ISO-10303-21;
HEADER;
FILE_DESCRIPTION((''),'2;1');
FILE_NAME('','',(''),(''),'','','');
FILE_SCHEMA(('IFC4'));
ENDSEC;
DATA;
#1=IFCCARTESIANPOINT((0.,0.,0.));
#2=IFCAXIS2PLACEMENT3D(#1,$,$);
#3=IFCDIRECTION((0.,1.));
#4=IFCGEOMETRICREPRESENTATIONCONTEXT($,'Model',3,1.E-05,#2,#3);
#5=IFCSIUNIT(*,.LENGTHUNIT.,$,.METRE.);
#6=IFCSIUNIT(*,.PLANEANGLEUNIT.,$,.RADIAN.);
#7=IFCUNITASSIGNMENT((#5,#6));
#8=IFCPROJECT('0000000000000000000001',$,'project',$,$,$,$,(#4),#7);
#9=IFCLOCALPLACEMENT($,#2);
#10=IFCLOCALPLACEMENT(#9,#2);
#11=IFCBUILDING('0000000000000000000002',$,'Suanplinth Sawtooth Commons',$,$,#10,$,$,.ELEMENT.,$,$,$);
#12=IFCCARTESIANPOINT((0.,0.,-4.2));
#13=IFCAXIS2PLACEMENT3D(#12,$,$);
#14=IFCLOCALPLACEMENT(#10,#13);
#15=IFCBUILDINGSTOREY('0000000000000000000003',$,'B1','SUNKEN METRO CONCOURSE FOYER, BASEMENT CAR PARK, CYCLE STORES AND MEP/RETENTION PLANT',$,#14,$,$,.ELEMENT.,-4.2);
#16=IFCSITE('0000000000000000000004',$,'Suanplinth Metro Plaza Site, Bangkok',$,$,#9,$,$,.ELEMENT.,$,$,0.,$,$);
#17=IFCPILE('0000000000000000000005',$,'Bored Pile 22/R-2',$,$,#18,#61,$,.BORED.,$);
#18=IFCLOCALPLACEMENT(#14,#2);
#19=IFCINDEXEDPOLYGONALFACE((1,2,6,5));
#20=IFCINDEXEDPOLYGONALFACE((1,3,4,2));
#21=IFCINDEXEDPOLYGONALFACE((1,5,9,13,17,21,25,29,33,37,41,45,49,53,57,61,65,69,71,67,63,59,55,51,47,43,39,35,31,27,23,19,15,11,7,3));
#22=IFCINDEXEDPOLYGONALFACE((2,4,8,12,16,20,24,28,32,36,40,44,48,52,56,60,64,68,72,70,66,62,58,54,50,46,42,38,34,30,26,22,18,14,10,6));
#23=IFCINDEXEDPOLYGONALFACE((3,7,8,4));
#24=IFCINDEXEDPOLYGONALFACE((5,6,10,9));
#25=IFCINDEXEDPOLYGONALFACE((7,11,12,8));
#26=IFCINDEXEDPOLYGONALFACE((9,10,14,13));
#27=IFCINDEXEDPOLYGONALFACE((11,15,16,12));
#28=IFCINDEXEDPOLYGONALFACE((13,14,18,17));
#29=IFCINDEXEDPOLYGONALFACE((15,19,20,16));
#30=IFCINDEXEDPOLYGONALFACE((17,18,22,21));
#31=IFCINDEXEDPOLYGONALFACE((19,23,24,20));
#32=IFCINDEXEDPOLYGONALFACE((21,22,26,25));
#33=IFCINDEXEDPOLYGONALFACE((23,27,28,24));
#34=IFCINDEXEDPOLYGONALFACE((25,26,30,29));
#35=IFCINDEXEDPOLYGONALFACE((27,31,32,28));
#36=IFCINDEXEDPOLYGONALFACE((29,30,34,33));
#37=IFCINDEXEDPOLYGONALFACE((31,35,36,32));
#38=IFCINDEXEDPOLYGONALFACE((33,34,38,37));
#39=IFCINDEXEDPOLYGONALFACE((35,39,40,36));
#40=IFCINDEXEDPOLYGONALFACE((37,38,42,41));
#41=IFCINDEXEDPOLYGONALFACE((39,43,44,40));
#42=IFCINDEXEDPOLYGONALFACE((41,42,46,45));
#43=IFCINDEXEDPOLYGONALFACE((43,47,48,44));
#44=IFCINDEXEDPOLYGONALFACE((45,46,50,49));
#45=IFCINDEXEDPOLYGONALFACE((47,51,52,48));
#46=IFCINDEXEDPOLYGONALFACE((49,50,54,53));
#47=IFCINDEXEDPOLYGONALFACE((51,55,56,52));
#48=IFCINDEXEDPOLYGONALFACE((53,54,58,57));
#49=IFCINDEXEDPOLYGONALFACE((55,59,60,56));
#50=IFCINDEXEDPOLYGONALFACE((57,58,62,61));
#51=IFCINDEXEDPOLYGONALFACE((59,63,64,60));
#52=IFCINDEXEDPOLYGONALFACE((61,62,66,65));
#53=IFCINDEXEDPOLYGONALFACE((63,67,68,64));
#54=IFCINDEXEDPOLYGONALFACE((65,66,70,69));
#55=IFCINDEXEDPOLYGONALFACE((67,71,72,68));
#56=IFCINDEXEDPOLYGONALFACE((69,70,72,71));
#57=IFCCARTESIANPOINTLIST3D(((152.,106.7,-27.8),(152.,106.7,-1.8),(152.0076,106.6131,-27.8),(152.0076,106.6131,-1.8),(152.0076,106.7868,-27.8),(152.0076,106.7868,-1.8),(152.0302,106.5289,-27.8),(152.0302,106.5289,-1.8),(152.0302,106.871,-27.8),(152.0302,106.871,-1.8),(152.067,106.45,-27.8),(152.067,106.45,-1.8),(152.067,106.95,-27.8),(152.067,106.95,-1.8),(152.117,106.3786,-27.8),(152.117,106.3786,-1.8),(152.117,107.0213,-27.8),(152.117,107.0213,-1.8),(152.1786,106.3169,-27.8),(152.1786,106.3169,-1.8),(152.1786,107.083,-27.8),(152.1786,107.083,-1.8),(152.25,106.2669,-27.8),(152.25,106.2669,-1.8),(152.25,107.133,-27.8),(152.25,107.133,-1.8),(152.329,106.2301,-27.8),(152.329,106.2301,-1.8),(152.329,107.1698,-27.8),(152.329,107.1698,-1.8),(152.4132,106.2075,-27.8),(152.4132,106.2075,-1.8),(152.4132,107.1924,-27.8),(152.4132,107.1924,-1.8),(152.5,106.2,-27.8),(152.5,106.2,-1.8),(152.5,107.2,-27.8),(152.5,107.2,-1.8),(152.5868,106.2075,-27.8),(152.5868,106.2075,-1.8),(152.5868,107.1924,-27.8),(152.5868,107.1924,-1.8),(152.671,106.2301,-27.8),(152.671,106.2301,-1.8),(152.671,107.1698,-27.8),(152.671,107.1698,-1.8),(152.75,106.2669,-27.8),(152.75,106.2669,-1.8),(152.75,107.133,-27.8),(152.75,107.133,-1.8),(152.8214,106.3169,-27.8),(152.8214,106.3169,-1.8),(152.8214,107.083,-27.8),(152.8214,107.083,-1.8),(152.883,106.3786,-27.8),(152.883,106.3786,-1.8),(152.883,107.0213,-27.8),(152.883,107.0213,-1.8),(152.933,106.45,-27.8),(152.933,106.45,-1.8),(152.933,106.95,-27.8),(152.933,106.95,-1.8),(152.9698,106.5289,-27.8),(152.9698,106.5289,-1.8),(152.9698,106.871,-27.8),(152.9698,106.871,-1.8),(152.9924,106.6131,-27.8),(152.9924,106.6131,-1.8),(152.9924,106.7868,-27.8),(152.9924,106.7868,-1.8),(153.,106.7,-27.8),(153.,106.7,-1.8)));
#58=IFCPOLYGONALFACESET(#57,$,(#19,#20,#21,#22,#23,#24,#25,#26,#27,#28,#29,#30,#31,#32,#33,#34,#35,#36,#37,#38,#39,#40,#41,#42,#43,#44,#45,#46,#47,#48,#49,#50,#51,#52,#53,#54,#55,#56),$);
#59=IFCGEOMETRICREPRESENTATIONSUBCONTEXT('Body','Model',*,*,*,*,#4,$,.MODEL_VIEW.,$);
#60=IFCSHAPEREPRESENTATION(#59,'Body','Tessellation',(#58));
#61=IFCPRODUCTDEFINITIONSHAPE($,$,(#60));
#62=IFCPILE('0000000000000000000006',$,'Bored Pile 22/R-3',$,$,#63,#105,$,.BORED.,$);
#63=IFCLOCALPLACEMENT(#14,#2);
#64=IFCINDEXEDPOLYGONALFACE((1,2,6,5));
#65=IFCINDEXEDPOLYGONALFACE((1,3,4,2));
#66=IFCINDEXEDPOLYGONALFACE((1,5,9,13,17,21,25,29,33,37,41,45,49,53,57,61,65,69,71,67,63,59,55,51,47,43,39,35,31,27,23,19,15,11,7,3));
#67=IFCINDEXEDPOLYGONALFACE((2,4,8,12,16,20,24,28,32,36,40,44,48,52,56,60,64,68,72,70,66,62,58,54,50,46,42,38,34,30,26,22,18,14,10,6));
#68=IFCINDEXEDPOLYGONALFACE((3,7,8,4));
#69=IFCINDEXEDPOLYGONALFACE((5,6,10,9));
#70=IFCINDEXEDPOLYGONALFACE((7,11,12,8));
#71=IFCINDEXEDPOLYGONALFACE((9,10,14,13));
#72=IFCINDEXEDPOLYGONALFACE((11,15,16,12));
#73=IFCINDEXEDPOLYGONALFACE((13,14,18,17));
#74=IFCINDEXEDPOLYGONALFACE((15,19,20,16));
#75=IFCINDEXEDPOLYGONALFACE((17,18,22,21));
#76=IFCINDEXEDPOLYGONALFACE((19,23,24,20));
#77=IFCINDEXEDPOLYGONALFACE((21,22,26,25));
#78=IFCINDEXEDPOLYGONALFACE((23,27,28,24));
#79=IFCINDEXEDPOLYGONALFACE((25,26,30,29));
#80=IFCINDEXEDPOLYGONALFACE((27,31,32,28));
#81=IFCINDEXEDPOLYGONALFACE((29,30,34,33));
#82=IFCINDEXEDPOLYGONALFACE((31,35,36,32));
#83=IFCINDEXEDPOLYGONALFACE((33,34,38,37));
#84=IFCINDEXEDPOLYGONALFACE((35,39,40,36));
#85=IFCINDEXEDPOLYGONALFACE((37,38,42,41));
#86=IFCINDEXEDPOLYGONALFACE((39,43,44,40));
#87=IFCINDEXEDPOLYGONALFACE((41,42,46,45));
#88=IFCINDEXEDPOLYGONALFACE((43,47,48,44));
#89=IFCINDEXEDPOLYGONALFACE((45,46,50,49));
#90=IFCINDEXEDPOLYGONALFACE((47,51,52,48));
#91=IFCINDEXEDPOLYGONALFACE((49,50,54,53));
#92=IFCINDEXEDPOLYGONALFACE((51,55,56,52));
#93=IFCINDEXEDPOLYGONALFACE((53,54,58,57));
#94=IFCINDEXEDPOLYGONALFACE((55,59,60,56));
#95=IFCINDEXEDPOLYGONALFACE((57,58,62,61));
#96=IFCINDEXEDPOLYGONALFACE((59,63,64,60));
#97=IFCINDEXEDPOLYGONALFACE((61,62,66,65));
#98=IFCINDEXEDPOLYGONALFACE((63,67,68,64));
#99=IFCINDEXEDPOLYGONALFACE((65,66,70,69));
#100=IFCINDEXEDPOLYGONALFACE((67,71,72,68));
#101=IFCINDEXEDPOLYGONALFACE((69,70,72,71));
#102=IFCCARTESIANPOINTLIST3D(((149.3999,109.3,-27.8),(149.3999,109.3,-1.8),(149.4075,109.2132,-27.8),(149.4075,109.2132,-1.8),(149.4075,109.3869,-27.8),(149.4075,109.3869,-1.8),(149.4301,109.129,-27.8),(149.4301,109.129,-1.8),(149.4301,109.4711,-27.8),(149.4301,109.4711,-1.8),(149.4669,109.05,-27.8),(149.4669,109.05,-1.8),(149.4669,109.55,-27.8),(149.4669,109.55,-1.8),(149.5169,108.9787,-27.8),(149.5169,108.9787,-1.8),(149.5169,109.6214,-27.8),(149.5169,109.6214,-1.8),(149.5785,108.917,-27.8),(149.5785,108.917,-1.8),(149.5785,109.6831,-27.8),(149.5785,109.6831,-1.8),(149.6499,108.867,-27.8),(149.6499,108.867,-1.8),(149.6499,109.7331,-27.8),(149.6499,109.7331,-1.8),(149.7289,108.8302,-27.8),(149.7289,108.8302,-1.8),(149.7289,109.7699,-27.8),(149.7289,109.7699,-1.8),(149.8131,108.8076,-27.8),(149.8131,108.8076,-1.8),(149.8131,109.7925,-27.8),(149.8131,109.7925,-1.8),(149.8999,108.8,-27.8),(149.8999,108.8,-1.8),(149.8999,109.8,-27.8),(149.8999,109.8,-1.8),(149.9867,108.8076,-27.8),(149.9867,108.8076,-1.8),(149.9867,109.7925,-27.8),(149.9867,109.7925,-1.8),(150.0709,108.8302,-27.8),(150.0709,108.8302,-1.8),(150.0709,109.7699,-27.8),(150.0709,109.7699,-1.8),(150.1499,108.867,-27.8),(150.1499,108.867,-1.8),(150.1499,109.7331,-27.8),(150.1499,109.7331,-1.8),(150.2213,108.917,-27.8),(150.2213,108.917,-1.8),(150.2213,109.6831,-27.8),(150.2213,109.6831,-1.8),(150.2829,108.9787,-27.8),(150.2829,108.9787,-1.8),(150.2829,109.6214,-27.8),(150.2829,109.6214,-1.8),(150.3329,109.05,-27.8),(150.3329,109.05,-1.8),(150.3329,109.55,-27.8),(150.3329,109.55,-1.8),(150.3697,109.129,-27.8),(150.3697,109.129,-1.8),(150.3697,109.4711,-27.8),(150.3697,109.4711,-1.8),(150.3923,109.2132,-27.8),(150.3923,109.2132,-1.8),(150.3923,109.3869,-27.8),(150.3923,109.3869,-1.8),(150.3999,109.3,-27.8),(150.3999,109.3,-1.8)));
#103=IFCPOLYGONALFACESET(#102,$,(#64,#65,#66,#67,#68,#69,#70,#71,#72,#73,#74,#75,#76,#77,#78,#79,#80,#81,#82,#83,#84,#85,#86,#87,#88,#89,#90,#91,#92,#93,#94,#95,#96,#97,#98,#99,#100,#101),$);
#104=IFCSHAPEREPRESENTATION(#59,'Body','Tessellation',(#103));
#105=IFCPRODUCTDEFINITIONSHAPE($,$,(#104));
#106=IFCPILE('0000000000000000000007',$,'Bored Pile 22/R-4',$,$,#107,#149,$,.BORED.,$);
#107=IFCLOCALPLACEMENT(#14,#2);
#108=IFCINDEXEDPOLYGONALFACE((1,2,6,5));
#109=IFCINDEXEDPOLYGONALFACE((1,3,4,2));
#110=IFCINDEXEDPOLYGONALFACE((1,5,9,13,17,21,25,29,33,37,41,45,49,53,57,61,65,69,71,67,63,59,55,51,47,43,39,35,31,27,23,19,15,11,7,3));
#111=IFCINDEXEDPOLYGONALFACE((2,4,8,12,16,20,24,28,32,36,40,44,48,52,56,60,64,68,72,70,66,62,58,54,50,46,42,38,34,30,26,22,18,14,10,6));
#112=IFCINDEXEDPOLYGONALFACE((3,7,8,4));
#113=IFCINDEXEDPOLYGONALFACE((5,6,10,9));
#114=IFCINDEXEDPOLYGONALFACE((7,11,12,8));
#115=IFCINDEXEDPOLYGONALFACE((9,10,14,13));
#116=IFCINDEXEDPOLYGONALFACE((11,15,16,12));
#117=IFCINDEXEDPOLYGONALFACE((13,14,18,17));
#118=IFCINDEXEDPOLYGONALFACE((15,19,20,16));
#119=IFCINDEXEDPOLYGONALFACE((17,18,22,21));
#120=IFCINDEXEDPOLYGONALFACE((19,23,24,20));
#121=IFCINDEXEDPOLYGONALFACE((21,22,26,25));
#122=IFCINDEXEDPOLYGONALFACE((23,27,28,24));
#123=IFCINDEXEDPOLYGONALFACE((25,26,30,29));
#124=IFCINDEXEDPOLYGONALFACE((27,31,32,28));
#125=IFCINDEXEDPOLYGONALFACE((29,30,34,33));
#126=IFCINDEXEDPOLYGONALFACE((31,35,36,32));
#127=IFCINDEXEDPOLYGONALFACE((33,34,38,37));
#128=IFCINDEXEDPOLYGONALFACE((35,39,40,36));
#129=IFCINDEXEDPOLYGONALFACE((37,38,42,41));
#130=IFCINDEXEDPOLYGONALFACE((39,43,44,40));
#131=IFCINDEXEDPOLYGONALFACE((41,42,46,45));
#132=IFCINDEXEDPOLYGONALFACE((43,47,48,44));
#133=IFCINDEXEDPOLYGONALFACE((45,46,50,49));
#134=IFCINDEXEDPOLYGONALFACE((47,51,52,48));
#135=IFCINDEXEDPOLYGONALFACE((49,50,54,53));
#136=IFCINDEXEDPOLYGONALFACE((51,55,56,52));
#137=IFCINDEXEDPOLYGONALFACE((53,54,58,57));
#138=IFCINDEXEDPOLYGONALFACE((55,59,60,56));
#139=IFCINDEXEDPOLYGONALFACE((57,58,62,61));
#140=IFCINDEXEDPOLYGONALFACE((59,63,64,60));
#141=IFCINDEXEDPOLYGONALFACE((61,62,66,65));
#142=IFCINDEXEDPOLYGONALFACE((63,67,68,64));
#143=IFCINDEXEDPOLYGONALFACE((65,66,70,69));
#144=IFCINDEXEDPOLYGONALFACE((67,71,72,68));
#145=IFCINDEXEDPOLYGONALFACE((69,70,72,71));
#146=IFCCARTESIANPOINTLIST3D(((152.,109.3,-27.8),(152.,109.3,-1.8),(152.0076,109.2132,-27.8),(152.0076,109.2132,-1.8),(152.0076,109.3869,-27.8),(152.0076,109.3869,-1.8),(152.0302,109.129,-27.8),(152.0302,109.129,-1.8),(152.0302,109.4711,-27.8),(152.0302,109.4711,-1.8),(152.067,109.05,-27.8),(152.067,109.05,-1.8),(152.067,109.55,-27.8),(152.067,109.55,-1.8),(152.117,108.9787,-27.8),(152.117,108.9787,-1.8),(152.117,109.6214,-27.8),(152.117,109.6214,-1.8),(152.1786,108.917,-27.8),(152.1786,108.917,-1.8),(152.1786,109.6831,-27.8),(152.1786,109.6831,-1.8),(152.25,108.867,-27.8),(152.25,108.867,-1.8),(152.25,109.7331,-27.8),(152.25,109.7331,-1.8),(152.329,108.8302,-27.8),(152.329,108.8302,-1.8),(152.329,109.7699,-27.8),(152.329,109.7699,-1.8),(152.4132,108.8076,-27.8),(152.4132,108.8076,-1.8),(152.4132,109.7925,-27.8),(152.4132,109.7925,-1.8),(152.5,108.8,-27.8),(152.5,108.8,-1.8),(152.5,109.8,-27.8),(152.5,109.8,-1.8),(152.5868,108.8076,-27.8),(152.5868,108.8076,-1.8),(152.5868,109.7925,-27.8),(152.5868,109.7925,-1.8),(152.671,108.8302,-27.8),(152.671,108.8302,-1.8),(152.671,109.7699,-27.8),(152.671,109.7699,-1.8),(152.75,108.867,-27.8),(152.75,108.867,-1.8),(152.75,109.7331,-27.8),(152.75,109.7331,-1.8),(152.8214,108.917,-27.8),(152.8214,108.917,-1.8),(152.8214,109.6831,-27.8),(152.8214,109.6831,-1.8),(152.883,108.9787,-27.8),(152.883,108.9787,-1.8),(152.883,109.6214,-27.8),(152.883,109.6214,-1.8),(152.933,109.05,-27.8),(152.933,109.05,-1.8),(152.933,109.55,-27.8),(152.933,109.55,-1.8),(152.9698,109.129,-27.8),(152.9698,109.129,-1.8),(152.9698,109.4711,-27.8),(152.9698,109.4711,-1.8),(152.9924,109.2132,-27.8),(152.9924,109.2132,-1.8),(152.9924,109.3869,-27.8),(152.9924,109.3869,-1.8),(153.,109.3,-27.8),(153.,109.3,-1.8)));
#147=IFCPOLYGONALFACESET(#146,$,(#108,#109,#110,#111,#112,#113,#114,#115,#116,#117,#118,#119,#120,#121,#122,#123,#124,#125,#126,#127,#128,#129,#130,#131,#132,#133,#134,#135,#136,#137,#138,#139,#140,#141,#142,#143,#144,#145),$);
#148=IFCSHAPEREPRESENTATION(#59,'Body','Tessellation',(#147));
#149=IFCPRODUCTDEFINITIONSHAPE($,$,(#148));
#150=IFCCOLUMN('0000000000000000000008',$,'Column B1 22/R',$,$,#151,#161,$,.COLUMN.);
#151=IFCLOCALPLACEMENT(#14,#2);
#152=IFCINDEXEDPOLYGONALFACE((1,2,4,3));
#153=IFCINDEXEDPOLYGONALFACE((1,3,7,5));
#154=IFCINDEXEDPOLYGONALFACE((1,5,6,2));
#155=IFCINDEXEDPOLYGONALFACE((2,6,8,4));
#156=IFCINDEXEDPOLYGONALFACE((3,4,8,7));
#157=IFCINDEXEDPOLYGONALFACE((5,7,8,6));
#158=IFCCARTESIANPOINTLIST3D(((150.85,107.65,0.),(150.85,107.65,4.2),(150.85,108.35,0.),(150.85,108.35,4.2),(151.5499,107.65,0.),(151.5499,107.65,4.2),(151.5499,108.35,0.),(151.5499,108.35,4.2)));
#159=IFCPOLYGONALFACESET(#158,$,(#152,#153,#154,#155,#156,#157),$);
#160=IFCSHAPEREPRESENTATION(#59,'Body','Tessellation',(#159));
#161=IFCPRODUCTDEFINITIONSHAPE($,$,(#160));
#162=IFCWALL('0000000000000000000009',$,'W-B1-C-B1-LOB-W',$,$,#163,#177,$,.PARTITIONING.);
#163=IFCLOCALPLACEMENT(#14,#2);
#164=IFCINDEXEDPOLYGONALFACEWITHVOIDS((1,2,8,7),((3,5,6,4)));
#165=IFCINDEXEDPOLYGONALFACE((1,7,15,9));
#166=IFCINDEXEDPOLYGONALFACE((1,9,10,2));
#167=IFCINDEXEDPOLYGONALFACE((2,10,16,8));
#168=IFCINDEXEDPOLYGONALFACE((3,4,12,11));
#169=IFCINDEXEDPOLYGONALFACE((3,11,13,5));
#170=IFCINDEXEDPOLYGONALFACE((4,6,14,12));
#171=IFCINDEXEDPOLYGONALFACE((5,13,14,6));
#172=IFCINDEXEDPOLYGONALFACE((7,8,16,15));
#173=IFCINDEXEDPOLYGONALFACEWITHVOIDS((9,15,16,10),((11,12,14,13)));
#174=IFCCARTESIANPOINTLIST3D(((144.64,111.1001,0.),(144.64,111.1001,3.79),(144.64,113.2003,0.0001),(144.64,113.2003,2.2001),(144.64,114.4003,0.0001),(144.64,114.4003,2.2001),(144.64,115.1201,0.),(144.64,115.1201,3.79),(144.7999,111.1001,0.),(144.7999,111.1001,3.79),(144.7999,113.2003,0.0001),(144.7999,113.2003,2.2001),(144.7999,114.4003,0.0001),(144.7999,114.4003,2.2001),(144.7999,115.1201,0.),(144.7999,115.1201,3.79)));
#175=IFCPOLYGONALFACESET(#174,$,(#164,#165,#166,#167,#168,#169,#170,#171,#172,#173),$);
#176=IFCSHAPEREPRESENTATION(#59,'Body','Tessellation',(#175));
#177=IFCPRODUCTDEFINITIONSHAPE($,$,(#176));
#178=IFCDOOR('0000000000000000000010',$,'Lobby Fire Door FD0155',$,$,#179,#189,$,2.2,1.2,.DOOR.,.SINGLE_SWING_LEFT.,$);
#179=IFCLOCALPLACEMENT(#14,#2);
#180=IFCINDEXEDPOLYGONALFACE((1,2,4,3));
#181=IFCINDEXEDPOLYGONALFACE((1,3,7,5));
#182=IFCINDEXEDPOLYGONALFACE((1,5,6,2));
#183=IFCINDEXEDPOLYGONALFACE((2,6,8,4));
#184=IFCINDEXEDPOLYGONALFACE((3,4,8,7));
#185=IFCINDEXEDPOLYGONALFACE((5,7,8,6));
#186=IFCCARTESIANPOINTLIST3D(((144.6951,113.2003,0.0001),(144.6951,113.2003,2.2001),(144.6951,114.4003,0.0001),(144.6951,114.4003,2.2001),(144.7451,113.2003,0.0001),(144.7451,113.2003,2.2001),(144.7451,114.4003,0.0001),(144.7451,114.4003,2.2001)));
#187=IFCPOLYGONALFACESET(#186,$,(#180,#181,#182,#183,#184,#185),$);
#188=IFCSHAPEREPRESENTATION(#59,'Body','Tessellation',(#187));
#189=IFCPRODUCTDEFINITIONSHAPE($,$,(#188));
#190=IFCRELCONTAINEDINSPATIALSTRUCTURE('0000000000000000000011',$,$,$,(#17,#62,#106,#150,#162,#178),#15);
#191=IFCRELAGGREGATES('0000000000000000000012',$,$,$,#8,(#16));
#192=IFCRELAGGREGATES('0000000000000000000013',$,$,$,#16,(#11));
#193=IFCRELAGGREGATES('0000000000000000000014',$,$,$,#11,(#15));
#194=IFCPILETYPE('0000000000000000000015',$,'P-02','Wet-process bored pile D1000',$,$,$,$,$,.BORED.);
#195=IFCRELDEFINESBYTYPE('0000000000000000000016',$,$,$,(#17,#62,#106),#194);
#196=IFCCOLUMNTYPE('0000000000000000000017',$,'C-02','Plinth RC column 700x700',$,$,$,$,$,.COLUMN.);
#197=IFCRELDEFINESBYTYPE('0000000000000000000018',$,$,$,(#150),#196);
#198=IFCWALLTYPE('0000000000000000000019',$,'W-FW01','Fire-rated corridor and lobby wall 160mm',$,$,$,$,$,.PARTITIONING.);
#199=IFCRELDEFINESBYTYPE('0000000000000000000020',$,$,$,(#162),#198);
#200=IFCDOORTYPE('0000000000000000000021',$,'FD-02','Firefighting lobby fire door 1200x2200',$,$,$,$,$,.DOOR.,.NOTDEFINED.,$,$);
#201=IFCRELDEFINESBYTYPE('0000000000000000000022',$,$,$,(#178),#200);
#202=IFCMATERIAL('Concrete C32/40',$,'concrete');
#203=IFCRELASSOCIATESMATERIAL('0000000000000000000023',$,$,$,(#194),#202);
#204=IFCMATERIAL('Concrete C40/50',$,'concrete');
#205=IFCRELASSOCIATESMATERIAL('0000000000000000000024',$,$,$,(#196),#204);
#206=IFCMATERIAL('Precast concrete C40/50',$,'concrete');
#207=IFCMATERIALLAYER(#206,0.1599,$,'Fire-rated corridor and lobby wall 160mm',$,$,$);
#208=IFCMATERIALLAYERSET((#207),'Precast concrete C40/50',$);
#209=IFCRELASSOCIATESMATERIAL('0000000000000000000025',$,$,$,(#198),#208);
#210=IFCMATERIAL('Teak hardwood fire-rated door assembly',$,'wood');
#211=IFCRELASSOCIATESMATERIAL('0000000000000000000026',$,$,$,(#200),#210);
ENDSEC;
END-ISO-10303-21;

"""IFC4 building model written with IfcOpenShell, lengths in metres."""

from ifc_helpers import new_model, si_unit, direction, frame, frame_2d, origin, origin_2d, place, context, subcontext, project, spatial, rectangle, circle, extrude, material, layer, layer_set, material_profile, profile_set, type_object, element, fill, save


model = new_model("IFC4")

# Units and contexts
model_context = context("Model", 3, precision=1e-05, world=origin(), true_north=direction((0.0, 1.0)))
body_context = subcontext(model_context, "Body", "Model", "MODEL_VIEW")
ifc_project = project(units=[si_unit("LENGTHUNIT", "METRE"), si_unit("PLANEANGLEUNIT", "RADIAN")], contexts=[model_context])

# Site, building, storey
site_placement = place(None, origin())
site = spatial("IfcSite", under=ifc_project, at=site_placement, Name="Suanplinth Metro Plaza Site, Bangkok", CompositionType="ELEMENT", RefElevation=0.0)
building_placement = place(site_placement, origin())
building = spatial("IfcBuilding", under=site, at=building_placement, Name="Suanplinth Sawtooth Commons", CompositionType="ELEMENT")
storey_placement = place(building_placement, frame((0.0, 0.0, -4.2)))
storey = spatial("IfcBuildingStorey", under=building, at=storey_placement, Name="B1", Description="SUNKEN METRO CONCOURSE FOYER, BASEMENT CAR PARK, CYCLE STORES AND MEP/RETENTION PLANT", CompositionType="ELEMENT", Elevation=-4.2)

# Piles
ifc_material_1 = material(Name="Concrete C32/40", Category="concrete")
ifc_material_profile_1 = material_profile(ifc_material_1, circle(Radius=0.5, at=origin_2d()), Name="PILE D1000")
ifc_profile_set_1 = profile_set([ifc_material_profile_1], Name="Concrete C32/40")
pile_type = type_object("IfcPileType", Name="P-02", Description="Wet-process bored pile D1000", PredefinedType="BORED", material=ifc_profile_set_1)
for number, where, z_axis, x_axis, name in (
    (1, (152.5, 106.7, -1.8), (0.0, 0.0, -1.0), (1.0, 0.0, 0.0), "Bored Pile 22/R-2"),
    (2, (149.8999, 109.3, -1.8), (0.0, 0.0, -1.0), (1.0, 0.0, 0.0), "Bored Pile 22/R-3"),
    (3, (152.5, 109.3, -1.8), (0.0, 0.0, -1.0), (1.0, 0.0, 0.0), "Bored Pile 22/R-4"),
):
    element("IfcPile", number, at=place(storey_placement, frame(where, z_axis=z_axis, x_axis=x_axis)), inside=storey, type_object=pile_type, Name=name, PredefinedType="BORED", context=body_context, shape_type="SweptSolid", body=[
        extrude(circle(Radius=0.5, at=origin_2d()), origin(), (0.0, 0.0, 1.0), 26.0),
    ])

# Column
ifc_material_2 = material(Name="Concrete C40/50", Category="concrete")
ifc_material_profile_2 = material_profile(ifc_material_2, rectangle(XDim=0.7, YDim=0.7, at=origin_2d()), Name="RC-COL 700x700")
ifc_profile_set_2 = profile_set([ifc_material_profile_2], Name="Concrete C40/50")
column_type = type_object("IfcColumnType", Name="C-02", Description="Plinth RC column 700x700", PredefinedType="COLUMN", material=ifc_profile_set_2)
column_placement = place(storey_placement, frame((151.2, 108.0, 0.0), z_axis=(0.0, 0.0, 1.0), x_axis=(1.0, 0.0, 0.0)))
element("IfcColumn", 4, at=column_placement, inside=storey, type_object=column_type, Name="Column B1 22/R", PredefinedType="COLUMN", context=body_context, shape_type="SweptSolid", body=[
    extrude(rectangle(XDim=0.7, YDim=0.7, at=origin_2d()), origin(), (0.0, 0.0, 1.0), 4.2),
])

# Wall, opening, door
ifc_material_3 = material(Name="Precast concrete C40/50", Category="concrete")
ifc_layer_1 = layer(ifc_material_3, 0.1599, Name="Fire-rated corridor and lobby wall 160mm")
ifc_layer_set_1 = layer_set([ifc_layer_1], Name="Precast concrete C40/50")
wall_type_1 = type_object("IfcWallType", Name="W-FW01", Description="Fire-rated corridor and lobby wall 160mm", PredefinedType="PARTITIONING", material=ifc_layer_set_1)
wall_1_placement = place(storey_placement, frame((144.72, 111.1001, 0.0), z_axis=(0.0, 0.0, 1.0), x_axis=(0.0, 1.0, 0.0)))
wall_1 = element("IfcWall", 5, at=wall_1_placement, inside=storey, type_object=wall_type_1, Name="W-B1-C-B1-LOB-W", PredefinedType="PARTITIONING", context=body_context, shape_type="SweptSolid", body=[
    extrude(rectangle(XDim=4.02, YDim=0.1599, at=frame_2d((2.01, 0.0))), origin(), (0.0, 0.0, 1.0), 3.79),
])
opening_1_placement = place(wall_1_placement, frame((2.1001, 0.0, 0.0)))
opening_1 = element("IfcOpeningElement", 6, at=opening_1_placement, cuts=wall_1, PredefinedType="OPENING", context=body_context, shape_type="SweptSolid", body=[
    extrude(rectangle(XDim=1.2, YDim=2.2, at=frame_2d((0.6001, 1.1001))), frame((0.0, 0.0947, 0.0), z_axis=(0.0, -1.0, 0.0), x_axis=(1.0, 0.0, 0.0)), (0.0, 0.0, 1.0), 0.1897),
])
ifc_material_4 = material(Name="Teak hardwood fire-rated door assembly", Category="wood")
door_type_1 = type_object("IfcDoorType", Name="FD-02", Description="Firefighting lobby fire door 1200x2200", OperationType="NOTDEFINED", PredefinedType="DOOR", material=ifc_material_4)
door_1_placement = place(opening_1_placement, origin())
door_1 = element("IfcDoor", 7, at=door_1_placement, inside=storey, type_object=door_type_1, Name="Lobby Fire Door FD0155", OperationType="SINGLE_SWING_LEFT", OverallHeight=2.2, OverallWidth=1.2, PredefinedType="DOOR", context=body_context, shape_type="SweptSolid", body=[
    extrude(rectangle(XDim=1.2, YDim=2.2, at=frame_2d((0.6001, 1.1001))), frame((0.0, 0.0249, 0.0), z_axis=(0.0, -1.0, 0.0), x_axis=(1.0, 0.0, 0.0)), (0.0, 0.0, 1.0), 0.05),
])
fill(opening_1, door_1)

save(model, "model.ifc")
